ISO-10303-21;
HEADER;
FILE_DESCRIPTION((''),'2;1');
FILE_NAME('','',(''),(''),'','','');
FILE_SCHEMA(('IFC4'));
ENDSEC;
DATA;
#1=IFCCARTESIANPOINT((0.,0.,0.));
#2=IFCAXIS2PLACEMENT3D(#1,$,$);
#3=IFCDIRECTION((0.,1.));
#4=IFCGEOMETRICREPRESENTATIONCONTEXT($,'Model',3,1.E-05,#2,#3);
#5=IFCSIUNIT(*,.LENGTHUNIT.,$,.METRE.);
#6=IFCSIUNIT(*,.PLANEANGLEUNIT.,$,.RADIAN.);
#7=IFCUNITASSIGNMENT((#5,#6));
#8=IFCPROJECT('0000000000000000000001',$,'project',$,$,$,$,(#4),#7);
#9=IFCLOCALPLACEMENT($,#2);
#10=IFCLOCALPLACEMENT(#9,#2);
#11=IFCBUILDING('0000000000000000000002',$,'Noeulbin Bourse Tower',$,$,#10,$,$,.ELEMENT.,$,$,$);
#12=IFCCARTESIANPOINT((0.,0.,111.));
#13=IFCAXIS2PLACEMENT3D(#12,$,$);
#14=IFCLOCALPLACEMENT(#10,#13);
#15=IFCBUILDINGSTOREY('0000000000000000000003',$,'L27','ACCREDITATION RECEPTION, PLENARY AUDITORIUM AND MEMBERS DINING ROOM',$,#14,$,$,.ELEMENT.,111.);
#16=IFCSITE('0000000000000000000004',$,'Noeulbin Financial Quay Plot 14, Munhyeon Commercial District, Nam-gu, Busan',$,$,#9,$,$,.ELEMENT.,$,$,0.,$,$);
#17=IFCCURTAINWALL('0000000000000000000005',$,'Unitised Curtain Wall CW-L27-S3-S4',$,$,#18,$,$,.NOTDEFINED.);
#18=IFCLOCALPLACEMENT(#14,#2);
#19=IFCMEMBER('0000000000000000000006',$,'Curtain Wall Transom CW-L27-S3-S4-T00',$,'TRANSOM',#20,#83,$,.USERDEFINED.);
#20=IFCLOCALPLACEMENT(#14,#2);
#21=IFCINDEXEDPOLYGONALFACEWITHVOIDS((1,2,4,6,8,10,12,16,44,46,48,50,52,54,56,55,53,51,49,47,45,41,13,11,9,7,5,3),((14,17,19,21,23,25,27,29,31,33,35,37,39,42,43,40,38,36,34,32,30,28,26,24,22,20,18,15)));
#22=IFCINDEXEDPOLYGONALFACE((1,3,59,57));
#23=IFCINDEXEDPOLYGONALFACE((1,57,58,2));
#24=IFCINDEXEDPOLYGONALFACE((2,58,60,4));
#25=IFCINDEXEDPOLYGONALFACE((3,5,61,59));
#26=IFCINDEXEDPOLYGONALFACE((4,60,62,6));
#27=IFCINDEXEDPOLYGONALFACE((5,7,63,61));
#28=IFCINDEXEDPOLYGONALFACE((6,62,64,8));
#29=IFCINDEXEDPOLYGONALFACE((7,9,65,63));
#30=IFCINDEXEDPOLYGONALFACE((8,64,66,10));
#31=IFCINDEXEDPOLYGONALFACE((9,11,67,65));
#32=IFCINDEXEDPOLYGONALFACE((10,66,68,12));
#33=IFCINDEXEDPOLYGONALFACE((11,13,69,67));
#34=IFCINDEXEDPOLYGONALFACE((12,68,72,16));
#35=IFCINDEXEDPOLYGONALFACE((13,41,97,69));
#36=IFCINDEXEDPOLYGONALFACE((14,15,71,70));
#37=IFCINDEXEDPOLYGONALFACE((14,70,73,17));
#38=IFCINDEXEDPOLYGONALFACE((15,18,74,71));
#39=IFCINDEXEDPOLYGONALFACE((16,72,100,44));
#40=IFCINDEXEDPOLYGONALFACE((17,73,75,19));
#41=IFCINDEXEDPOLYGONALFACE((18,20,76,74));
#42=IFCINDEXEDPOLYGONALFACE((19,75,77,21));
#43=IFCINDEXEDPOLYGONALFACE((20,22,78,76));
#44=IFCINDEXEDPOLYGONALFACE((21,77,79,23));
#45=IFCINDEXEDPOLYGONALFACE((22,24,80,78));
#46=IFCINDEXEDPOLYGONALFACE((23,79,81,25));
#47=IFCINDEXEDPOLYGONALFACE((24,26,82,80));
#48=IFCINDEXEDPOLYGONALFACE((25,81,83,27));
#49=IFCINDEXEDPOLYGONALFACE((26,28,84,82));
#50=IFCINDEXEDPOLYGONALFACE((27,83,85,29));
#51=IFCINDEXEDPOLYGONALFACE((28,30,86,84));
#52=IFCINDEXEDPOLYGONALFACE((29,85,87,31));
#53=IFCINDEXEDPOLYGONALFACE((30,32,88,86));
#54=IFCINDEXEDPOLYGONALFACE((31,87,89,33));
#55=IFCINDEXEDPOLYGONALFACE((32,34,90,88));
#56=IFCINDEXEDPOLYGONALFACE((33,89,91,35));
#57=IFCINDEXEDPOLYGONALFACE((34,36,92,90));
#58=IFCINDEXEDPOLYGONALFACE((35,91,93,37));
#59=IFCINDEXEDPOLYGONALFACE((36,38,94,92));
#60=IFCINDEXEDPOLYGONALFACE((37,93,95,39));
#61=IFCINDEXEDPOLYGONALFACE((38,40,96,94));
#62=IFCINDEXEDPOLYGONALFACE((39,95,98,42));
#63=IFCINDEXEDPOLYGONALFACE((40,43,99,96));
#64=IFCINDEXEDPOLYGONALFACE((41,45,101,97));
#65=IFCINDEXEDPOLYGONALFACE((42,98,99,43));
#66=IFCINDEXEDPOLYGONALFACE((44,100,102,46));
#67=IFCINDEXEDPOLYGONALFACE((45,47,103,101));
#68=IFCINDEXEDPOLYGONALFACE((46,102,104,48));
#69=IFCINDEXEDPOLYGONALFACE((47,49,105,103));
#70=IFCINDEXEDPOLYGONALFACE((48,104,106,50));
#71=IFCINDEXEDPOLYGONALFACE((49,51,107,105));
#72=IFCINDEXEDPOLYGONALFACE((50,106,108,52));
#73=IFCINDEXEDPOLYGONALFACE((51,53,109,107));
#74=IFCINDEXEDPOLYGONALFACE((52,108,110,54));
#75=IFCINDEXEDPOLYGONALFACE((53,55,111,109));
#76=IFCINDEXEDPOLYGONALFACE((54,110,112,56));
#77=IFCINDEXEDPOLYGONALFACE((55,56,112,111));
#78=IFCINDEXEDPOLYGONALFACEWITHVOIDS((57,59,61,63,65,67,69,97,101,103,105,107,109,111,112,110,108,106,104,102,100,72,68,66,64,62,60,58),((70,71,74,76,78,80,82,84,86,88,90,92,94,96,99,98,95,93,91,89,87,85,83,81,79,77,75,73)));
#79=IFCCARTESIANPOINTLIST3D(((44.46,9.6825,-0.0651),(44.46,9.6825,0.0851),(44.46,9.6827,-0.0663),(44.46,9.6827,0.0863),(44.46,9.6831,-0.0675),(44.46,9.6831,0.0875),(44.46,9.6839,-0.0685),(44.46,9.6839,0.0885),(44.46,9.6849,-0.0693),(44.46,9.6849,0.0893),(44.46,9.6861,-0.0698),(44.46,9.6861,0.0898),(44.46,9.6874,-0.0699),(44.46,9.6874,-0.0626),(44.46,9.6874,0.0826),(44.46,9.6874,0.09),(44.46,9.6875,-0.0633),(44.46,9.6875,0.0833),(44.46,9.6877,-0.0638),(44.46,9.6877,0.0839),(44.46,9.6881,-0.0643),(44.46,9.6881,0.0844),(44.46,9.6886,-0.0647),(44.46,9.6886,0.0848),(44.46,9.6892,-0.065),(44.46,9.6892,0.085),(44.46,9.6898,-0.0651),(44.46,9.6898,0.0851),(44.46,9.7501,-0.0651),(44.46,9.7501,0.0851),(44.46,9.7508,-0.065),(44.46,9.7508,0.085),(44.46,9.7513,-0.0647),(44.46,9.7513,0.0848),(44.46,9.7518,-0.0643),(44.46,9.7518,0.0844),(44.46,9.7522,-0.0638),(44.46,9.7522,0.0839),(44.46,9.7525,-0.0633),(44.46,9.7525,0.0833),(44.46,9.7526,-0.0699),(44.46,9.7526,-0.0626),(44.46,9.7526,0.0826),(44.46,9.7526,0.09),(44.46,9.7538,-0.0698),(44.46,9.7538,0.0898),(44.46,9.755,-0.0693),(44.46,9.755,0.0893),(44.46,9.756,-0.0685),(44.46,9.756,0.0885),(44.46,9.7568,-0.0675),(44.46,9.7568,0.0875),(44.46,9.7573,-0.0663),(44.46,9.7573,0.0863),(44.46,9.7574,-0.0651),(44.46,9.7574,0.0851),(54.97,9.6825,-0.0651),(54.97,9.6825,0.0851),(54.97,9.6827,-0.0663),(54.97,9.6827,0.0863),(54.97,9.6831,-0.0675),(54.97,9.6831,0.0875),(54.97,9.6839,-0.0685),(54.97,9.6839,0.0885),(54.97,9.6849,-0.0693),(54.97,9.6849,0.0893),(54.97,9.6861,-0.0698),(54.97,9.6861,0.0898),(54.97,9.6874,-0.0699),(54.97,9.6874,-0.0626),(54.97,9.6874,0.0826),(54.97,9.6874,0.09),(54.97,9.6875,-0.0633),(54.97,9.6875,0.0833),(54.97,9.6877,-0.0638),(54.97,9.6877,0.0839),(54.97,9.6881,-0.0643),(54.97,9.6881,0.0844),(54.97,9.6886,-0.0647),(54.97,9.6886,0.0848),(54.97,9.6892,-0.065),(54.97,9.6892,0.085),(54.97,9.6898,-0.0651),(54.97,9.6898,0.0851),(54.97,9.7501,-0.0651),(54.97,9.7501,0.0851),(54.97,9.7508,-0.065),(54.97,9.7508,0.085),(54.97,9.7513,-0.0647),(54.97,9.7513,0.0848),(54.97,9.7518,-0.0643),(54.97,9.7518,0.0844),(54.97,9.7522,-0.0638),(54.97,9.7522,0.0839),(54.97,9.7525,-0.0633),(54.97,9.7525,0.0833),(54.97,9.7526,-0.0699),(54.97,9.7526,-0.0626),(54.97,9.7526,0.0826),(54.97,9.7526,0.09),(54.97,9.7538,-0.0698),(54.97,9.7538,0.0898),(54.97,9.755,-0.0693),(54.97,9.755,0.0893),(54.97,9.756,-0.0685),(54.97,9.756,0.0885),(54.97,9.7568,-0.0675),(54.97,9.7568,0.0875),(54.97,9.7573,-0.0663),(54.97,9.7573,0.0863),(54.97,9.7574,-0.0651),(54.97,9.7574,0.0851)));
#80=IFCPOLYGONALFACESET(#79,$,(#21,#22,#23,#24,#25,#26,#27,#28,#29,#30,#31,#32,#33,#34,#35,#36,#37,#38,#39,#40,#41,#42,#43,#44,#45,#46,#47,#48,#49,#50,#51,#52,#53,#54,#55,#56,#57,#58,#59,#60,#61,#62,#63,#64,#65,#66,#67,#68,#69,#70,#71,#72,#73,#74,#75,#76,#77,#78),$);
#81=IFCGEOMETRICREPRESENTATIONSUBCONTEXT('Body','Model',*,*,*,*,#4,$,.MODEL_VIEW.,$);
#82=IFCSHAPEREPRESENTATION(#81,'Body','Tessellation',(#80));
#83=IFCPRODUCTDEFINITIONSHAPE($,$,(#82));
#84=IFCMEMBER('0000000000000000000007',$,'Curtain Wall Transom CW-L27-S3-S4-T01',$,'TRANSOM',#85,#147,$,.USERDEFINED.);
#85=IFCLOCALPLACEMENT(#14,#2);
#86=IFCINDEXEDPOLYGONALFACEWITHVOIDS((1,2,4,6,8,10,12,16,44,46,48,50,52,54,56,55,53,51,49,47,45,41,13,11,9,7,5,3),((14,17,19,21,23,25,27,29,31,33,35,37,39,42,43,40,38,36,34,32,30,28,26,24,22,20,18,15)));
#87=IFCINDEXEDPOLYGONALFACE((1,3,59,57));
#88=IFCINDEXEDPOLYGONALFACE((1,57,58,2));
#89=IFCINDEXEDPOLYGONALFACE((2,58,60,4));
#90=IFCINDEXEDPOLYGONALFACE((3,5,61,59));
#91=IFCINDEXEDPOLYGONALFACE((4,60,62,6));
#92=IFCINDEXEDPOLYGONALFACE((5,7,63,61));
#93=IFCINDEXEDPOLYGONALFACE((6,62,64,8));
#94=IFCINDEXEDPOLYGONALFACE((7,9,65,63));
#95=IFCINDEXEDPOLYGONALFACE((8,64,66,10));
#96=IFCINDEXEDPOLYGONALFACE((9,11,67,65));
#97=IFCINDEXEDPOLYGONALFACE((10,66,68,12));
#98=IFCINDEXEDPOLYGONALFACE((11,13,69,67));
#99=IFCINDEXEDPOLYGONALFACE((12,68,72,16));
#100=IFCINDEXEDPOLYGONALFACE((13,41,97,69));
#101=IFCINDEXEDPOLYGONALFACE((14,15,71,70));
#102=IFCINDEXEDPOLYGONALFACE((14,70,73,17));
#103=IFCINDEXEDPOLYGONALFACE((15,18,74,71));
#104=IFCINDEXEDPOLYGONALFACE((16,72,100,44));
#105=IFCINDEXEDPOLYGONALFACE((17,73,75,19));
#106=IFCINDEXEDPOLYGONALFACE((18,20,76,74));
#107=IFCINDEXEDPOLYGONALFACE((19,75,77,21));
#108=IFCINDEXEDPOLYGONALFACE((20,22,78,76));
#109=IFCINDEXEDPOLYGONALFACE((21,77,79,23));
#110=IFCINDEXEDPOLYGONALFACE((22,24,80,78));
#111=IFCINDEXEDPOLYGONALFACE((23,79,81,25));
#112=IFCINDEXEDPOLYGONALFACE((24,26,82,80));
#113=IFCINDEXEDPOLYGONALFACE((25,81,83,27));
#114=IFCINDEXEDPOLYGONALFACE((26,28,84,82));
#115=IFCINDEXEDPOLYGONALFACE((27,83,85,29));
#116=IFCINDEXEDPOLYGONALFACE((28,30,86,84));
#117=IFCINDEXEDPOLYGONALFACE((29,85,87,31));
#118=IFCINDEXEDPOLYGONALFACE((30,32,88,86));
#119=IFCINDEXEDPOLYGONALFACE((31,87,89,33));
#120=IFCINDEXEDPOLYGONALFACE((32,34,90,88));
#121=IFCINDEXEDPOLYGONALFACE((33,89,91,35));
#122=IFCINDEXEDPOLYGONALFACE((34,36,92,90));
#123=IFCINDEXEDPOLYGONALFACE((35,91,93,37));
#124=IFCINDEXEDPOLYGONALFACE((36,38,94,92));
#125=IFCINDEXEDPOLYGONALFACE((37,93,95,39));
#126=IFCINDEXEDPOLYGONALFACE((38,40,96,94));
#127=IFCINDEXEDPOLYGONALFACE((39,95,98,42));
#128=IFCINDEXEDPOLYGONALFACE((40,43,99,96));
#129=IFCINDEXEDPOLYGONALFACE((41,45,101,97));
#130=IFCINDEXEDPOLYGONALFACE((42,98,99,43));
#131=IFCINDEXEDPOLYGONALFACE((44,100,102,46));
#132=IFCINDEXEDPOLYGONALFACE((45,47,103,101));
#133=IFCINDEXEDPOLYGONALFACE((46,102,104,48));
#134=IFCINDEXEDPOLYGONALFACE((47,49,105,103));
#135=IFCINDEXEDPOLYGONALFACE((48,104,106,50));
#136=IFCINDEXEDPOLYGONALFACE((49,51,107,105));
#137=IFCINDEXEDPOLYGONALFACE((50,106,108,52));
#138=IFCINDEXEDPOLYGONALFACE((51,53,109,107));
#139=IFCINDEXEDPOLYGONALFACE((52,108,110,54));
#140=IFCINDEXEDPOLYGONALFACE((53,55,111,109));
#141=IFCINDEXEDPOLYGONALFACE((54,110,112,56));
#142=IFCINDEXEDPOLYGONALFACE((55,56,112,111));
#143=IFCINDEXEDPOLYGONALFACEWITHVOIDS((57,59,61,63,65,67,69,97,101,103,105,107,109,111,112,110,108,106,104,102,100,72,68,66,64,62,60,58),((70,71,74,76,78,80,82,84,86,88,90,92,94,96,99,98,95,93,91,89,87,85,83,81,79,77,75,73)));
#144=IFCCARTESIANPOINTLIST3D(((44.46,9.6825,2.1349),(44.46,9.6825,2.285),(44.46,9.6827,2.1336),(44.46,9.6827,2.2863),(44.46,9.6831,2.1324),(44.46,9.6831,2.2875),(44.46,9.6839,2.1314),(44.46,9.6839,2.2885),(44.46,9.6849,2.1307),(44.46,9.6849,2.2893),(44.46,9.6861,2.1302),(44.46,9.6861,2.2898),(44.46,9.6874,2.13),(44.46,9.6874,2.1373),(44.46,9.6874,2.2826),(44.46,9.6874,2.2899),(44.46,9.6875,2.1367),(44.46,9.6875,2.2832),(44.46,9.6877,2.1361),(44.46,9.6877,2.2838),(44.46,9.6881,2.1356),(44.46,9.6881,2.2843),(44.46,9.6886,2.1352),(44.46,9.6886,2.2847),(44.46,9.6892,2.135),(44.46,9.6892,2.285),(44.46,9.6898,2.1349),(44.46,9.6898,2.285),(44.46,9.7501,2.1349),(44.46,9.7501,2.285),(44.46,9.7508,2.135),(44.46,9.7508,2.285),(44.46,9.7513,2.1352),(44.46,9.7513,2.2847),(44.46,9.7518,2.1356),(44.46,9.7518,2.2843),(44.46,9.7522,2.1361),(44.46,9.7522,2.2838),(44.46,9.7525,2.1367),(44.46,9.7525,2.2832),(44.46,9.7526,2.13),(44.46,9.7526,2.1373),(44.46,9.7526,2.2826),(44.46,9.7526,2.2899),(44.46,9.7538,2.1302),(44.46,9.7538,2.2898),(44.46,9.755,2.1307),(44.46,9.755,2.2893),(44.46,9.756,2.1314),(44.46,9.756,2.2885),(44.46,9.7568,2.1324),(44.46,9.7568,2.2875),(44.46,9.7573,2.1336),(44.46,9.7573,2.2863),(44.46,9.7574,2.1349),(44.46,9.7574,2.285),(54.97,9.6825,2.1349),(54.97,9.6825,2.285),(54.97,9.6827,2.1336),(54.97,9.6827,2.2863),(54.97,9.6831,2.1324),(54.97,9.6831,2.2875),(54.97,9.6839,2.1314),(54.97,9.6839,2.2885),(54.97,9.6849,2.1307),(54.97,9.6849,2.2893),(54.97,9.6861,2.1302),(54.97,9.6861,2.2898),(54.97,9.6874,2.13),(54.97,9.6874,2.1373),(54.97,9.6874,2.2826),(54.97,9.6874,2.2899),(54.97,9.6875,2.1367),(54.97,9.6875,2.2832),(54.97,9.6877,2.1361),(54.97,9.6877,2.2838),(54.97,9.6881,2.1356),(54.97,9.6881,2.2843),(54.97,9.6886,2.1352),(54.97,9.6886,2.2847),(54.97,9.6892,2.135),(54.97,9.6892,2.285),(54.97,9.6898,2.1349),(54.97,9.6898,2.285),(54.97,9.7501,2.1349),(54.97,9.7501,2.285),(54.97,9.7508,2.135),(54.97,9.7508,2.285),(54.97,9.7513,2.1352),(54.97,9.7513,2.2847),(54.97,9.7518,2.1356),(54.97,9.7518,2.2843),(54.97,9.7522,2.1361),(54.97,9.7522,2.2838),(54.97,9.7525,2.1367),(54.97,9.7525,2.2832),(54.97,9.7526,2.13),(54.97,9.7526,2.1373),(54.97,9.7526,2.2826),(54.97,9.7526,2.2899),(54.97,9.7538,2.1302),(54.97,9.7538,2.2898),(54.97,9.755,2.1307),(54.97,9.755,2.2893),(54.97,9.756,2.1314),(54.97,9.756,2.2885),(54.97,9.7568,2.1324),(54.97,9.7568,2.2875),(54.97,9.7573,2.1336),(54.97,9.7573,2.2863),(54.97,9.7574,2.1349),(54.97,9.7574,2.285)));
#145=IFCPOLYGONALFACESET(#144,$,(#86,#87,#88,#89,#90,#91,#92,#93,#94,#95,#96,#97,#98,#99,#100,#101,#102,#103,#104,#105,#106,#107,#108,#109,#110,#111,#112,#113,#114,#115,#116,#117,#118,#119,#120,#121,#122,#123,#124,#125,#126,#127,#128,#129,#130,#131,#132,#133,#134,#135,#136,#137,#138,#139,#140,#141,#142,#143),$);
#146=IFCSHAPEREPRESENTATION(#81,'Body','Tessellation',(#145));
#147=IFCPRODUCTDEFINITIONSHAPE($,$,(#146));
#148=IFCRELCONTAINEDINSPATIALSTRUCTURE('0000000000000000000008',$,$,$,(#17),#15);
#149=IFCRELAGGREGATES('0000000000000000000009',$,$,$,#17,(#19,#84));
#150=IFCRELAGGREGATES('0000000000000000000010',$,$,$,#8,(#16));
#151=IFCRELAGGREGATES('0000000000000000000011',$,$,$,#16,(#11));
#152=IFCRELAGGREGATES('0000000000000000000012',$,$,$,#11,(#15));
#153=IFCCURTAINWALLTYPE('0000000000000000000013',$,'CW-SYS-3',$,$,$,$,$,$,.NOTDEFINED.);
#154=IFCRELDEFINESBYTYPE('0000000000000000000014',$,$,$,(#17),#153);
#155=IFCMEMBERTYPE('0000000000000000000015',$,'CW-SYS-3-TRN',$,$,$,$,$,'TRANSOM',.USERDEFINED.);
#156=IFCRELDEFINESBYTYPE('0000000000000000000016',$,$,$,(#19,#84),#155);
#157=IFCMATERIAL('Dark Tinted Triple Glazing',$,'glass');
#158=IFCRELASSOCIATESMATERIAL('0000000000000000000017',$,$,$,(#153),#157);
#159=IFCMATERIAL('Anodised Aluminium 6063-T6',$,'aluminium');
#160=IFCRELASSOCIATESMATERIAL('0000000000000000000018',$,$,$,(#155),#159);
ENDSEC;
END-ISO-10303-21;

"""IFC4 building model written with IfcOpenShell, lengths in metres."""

from ifc_helpers import new_model, si_unit, direction, frame, origin, origin_2d, place, context, subcontext, project, spatial, hollow_rectangle, extrude, material, material_profile, profile_set, type_object, element, aggregate, save


model = new_model("IFC4")

# Units and contexts
model_context = context("Model", 3, precision=1e-05, world=origin(), true_north=direction((0.0, 1.0)))
body_context = subcontext(model_context, "Body", "Model", "MODEL_VIEW")
ifc_project = project(units=[si_unit("LENGTHUNIT", "METRE"), si_unit("PLANEANGLEUNIT", "RADIAN")], contexts=[model_context])

# Site, building, storey
site_placement = place(None, origin())
site = spatial("IfcSite", under=ifc_project, at=site_placement, Name="Noeulbin Financial Quay Plot 14, Munhyeon Commercial District, Nam-gu, Busan", CompositionType="ELEMENT", RefElevation=0.0)
building_placement = place(site_placement, origin())
building = spatial("IfcBuilding", under=site, at=building_placement, Name="Noeulbin Bourse Tower", CompositionType="ELEMENT")
storey_placement = place(building_placement, frame((0.0, 0.0, 111.0)))
storey = spatial("IfcBuildingStorey", under=building, at=storey_placement, Name="L27", Description="ACCREDITATION RECEPTION, PLENARY AUDITORIUM AND MEMBERS DINING ROOM", CompositionType="ELEMENT", Elevation=111.0)

# Shared definitions
ifc_material_1 = material(Name="Dark Tinted Triple Glazing", Category="glass")
curtain_wall_type = type_object("IfcCurtainWallType", Name="CW-SYS-3", PredefinedType="NOTDEFINED", material=ifc_material_1)
ifc_material_2 = material(Name="Anodised Aluminium 6063-T6", Category="aluminium")

# Curtain wall
curtain_wall_1_placement = place(storey_placement, origin())
curtain_wall_1 = element("IfcCurtainWall", 1, at=curtain_wall_1_placement, inside=storey, type_object=curtain_wall_type, Name="Unitised Curtain Wall CW-L27-S3-S4", PredefinedType="NOTDEFINED")

# Members
ifc_material_profile_1 = material_profile(ifc_material_2, hollow_rectangle(XDim=0.075, YDim=0.1599, WallThickness=0.0049, InnerFilletRadius=0.0024, OuterFilletRadius=0.0049, at=origin_2d()), Name="ALU-TRAN-75x160x5", Category="LoadBearing")
ifc_profile_set_1 = profile_set([ifc_material_profile_1], Name="Anodised Aluminium 6063-T6")
member_type_1 = type_object("IfcMemberType", Name="CW-SYS-3-TRN", ElementType="TRANSOM", PredefinedType="USERDEFINED", material=ifc_profile_set_1)
member_1_placement = place(storey_placement, frame((44.46, 9.72, 0.01), z_axis=(1.0, 0.0, 0.0), x_axis=(0.0, 1.0, 0.0)))
member_1 = element("IfcMember", 2, at=member_1_placement, type_object=member_type_1, Name="Curtain Wall Transom CW-L27-S3-S4-T00", ObjectType="TRANSOM", PredefinedType="USERDEFINED", context=body_context, shape_type="SweptSolid", body=[
    extrude(hollow_rectangle(XDim=0.075, YDim=0.1599, WallThickness=0.0049, InnerFilletRadius=0.0024, OuterFilletRadius=0.0049, at=origin_2d()), origin(), (0.0, 0.0, 1.0), 10.51),
])
member_2_placement = place(storey_placement, frame((44.46, 9.72, 2.21), z_axis=(1.0, 0.0, 0.0), x_axis=(0.0, 1.0, 0.0)))
member_2 = element("IfcMember", 3, at=member_2_placement, type_object=member_type_1, Name="Curtain Wall Transom CW-L27-S3-S4-T01", ObjectType="TRANSOM", PredefinedType="USERDEFINED", context=body_context, shape_type="SweptSolid", body=[
    extrude(hollow_rectangle(XDim=0.075, YDim=0.1599, WallThickness=0.0049, InnerFilletRadius=0.0024, OuterFilletRadius=0.0049, at=origin_2d()), origin(), (0.0, 0.0, 1.0), 10.51),
])

aggregate(curtain_wall_1, [member_1, member_2])

save(model, "model.ifc")
